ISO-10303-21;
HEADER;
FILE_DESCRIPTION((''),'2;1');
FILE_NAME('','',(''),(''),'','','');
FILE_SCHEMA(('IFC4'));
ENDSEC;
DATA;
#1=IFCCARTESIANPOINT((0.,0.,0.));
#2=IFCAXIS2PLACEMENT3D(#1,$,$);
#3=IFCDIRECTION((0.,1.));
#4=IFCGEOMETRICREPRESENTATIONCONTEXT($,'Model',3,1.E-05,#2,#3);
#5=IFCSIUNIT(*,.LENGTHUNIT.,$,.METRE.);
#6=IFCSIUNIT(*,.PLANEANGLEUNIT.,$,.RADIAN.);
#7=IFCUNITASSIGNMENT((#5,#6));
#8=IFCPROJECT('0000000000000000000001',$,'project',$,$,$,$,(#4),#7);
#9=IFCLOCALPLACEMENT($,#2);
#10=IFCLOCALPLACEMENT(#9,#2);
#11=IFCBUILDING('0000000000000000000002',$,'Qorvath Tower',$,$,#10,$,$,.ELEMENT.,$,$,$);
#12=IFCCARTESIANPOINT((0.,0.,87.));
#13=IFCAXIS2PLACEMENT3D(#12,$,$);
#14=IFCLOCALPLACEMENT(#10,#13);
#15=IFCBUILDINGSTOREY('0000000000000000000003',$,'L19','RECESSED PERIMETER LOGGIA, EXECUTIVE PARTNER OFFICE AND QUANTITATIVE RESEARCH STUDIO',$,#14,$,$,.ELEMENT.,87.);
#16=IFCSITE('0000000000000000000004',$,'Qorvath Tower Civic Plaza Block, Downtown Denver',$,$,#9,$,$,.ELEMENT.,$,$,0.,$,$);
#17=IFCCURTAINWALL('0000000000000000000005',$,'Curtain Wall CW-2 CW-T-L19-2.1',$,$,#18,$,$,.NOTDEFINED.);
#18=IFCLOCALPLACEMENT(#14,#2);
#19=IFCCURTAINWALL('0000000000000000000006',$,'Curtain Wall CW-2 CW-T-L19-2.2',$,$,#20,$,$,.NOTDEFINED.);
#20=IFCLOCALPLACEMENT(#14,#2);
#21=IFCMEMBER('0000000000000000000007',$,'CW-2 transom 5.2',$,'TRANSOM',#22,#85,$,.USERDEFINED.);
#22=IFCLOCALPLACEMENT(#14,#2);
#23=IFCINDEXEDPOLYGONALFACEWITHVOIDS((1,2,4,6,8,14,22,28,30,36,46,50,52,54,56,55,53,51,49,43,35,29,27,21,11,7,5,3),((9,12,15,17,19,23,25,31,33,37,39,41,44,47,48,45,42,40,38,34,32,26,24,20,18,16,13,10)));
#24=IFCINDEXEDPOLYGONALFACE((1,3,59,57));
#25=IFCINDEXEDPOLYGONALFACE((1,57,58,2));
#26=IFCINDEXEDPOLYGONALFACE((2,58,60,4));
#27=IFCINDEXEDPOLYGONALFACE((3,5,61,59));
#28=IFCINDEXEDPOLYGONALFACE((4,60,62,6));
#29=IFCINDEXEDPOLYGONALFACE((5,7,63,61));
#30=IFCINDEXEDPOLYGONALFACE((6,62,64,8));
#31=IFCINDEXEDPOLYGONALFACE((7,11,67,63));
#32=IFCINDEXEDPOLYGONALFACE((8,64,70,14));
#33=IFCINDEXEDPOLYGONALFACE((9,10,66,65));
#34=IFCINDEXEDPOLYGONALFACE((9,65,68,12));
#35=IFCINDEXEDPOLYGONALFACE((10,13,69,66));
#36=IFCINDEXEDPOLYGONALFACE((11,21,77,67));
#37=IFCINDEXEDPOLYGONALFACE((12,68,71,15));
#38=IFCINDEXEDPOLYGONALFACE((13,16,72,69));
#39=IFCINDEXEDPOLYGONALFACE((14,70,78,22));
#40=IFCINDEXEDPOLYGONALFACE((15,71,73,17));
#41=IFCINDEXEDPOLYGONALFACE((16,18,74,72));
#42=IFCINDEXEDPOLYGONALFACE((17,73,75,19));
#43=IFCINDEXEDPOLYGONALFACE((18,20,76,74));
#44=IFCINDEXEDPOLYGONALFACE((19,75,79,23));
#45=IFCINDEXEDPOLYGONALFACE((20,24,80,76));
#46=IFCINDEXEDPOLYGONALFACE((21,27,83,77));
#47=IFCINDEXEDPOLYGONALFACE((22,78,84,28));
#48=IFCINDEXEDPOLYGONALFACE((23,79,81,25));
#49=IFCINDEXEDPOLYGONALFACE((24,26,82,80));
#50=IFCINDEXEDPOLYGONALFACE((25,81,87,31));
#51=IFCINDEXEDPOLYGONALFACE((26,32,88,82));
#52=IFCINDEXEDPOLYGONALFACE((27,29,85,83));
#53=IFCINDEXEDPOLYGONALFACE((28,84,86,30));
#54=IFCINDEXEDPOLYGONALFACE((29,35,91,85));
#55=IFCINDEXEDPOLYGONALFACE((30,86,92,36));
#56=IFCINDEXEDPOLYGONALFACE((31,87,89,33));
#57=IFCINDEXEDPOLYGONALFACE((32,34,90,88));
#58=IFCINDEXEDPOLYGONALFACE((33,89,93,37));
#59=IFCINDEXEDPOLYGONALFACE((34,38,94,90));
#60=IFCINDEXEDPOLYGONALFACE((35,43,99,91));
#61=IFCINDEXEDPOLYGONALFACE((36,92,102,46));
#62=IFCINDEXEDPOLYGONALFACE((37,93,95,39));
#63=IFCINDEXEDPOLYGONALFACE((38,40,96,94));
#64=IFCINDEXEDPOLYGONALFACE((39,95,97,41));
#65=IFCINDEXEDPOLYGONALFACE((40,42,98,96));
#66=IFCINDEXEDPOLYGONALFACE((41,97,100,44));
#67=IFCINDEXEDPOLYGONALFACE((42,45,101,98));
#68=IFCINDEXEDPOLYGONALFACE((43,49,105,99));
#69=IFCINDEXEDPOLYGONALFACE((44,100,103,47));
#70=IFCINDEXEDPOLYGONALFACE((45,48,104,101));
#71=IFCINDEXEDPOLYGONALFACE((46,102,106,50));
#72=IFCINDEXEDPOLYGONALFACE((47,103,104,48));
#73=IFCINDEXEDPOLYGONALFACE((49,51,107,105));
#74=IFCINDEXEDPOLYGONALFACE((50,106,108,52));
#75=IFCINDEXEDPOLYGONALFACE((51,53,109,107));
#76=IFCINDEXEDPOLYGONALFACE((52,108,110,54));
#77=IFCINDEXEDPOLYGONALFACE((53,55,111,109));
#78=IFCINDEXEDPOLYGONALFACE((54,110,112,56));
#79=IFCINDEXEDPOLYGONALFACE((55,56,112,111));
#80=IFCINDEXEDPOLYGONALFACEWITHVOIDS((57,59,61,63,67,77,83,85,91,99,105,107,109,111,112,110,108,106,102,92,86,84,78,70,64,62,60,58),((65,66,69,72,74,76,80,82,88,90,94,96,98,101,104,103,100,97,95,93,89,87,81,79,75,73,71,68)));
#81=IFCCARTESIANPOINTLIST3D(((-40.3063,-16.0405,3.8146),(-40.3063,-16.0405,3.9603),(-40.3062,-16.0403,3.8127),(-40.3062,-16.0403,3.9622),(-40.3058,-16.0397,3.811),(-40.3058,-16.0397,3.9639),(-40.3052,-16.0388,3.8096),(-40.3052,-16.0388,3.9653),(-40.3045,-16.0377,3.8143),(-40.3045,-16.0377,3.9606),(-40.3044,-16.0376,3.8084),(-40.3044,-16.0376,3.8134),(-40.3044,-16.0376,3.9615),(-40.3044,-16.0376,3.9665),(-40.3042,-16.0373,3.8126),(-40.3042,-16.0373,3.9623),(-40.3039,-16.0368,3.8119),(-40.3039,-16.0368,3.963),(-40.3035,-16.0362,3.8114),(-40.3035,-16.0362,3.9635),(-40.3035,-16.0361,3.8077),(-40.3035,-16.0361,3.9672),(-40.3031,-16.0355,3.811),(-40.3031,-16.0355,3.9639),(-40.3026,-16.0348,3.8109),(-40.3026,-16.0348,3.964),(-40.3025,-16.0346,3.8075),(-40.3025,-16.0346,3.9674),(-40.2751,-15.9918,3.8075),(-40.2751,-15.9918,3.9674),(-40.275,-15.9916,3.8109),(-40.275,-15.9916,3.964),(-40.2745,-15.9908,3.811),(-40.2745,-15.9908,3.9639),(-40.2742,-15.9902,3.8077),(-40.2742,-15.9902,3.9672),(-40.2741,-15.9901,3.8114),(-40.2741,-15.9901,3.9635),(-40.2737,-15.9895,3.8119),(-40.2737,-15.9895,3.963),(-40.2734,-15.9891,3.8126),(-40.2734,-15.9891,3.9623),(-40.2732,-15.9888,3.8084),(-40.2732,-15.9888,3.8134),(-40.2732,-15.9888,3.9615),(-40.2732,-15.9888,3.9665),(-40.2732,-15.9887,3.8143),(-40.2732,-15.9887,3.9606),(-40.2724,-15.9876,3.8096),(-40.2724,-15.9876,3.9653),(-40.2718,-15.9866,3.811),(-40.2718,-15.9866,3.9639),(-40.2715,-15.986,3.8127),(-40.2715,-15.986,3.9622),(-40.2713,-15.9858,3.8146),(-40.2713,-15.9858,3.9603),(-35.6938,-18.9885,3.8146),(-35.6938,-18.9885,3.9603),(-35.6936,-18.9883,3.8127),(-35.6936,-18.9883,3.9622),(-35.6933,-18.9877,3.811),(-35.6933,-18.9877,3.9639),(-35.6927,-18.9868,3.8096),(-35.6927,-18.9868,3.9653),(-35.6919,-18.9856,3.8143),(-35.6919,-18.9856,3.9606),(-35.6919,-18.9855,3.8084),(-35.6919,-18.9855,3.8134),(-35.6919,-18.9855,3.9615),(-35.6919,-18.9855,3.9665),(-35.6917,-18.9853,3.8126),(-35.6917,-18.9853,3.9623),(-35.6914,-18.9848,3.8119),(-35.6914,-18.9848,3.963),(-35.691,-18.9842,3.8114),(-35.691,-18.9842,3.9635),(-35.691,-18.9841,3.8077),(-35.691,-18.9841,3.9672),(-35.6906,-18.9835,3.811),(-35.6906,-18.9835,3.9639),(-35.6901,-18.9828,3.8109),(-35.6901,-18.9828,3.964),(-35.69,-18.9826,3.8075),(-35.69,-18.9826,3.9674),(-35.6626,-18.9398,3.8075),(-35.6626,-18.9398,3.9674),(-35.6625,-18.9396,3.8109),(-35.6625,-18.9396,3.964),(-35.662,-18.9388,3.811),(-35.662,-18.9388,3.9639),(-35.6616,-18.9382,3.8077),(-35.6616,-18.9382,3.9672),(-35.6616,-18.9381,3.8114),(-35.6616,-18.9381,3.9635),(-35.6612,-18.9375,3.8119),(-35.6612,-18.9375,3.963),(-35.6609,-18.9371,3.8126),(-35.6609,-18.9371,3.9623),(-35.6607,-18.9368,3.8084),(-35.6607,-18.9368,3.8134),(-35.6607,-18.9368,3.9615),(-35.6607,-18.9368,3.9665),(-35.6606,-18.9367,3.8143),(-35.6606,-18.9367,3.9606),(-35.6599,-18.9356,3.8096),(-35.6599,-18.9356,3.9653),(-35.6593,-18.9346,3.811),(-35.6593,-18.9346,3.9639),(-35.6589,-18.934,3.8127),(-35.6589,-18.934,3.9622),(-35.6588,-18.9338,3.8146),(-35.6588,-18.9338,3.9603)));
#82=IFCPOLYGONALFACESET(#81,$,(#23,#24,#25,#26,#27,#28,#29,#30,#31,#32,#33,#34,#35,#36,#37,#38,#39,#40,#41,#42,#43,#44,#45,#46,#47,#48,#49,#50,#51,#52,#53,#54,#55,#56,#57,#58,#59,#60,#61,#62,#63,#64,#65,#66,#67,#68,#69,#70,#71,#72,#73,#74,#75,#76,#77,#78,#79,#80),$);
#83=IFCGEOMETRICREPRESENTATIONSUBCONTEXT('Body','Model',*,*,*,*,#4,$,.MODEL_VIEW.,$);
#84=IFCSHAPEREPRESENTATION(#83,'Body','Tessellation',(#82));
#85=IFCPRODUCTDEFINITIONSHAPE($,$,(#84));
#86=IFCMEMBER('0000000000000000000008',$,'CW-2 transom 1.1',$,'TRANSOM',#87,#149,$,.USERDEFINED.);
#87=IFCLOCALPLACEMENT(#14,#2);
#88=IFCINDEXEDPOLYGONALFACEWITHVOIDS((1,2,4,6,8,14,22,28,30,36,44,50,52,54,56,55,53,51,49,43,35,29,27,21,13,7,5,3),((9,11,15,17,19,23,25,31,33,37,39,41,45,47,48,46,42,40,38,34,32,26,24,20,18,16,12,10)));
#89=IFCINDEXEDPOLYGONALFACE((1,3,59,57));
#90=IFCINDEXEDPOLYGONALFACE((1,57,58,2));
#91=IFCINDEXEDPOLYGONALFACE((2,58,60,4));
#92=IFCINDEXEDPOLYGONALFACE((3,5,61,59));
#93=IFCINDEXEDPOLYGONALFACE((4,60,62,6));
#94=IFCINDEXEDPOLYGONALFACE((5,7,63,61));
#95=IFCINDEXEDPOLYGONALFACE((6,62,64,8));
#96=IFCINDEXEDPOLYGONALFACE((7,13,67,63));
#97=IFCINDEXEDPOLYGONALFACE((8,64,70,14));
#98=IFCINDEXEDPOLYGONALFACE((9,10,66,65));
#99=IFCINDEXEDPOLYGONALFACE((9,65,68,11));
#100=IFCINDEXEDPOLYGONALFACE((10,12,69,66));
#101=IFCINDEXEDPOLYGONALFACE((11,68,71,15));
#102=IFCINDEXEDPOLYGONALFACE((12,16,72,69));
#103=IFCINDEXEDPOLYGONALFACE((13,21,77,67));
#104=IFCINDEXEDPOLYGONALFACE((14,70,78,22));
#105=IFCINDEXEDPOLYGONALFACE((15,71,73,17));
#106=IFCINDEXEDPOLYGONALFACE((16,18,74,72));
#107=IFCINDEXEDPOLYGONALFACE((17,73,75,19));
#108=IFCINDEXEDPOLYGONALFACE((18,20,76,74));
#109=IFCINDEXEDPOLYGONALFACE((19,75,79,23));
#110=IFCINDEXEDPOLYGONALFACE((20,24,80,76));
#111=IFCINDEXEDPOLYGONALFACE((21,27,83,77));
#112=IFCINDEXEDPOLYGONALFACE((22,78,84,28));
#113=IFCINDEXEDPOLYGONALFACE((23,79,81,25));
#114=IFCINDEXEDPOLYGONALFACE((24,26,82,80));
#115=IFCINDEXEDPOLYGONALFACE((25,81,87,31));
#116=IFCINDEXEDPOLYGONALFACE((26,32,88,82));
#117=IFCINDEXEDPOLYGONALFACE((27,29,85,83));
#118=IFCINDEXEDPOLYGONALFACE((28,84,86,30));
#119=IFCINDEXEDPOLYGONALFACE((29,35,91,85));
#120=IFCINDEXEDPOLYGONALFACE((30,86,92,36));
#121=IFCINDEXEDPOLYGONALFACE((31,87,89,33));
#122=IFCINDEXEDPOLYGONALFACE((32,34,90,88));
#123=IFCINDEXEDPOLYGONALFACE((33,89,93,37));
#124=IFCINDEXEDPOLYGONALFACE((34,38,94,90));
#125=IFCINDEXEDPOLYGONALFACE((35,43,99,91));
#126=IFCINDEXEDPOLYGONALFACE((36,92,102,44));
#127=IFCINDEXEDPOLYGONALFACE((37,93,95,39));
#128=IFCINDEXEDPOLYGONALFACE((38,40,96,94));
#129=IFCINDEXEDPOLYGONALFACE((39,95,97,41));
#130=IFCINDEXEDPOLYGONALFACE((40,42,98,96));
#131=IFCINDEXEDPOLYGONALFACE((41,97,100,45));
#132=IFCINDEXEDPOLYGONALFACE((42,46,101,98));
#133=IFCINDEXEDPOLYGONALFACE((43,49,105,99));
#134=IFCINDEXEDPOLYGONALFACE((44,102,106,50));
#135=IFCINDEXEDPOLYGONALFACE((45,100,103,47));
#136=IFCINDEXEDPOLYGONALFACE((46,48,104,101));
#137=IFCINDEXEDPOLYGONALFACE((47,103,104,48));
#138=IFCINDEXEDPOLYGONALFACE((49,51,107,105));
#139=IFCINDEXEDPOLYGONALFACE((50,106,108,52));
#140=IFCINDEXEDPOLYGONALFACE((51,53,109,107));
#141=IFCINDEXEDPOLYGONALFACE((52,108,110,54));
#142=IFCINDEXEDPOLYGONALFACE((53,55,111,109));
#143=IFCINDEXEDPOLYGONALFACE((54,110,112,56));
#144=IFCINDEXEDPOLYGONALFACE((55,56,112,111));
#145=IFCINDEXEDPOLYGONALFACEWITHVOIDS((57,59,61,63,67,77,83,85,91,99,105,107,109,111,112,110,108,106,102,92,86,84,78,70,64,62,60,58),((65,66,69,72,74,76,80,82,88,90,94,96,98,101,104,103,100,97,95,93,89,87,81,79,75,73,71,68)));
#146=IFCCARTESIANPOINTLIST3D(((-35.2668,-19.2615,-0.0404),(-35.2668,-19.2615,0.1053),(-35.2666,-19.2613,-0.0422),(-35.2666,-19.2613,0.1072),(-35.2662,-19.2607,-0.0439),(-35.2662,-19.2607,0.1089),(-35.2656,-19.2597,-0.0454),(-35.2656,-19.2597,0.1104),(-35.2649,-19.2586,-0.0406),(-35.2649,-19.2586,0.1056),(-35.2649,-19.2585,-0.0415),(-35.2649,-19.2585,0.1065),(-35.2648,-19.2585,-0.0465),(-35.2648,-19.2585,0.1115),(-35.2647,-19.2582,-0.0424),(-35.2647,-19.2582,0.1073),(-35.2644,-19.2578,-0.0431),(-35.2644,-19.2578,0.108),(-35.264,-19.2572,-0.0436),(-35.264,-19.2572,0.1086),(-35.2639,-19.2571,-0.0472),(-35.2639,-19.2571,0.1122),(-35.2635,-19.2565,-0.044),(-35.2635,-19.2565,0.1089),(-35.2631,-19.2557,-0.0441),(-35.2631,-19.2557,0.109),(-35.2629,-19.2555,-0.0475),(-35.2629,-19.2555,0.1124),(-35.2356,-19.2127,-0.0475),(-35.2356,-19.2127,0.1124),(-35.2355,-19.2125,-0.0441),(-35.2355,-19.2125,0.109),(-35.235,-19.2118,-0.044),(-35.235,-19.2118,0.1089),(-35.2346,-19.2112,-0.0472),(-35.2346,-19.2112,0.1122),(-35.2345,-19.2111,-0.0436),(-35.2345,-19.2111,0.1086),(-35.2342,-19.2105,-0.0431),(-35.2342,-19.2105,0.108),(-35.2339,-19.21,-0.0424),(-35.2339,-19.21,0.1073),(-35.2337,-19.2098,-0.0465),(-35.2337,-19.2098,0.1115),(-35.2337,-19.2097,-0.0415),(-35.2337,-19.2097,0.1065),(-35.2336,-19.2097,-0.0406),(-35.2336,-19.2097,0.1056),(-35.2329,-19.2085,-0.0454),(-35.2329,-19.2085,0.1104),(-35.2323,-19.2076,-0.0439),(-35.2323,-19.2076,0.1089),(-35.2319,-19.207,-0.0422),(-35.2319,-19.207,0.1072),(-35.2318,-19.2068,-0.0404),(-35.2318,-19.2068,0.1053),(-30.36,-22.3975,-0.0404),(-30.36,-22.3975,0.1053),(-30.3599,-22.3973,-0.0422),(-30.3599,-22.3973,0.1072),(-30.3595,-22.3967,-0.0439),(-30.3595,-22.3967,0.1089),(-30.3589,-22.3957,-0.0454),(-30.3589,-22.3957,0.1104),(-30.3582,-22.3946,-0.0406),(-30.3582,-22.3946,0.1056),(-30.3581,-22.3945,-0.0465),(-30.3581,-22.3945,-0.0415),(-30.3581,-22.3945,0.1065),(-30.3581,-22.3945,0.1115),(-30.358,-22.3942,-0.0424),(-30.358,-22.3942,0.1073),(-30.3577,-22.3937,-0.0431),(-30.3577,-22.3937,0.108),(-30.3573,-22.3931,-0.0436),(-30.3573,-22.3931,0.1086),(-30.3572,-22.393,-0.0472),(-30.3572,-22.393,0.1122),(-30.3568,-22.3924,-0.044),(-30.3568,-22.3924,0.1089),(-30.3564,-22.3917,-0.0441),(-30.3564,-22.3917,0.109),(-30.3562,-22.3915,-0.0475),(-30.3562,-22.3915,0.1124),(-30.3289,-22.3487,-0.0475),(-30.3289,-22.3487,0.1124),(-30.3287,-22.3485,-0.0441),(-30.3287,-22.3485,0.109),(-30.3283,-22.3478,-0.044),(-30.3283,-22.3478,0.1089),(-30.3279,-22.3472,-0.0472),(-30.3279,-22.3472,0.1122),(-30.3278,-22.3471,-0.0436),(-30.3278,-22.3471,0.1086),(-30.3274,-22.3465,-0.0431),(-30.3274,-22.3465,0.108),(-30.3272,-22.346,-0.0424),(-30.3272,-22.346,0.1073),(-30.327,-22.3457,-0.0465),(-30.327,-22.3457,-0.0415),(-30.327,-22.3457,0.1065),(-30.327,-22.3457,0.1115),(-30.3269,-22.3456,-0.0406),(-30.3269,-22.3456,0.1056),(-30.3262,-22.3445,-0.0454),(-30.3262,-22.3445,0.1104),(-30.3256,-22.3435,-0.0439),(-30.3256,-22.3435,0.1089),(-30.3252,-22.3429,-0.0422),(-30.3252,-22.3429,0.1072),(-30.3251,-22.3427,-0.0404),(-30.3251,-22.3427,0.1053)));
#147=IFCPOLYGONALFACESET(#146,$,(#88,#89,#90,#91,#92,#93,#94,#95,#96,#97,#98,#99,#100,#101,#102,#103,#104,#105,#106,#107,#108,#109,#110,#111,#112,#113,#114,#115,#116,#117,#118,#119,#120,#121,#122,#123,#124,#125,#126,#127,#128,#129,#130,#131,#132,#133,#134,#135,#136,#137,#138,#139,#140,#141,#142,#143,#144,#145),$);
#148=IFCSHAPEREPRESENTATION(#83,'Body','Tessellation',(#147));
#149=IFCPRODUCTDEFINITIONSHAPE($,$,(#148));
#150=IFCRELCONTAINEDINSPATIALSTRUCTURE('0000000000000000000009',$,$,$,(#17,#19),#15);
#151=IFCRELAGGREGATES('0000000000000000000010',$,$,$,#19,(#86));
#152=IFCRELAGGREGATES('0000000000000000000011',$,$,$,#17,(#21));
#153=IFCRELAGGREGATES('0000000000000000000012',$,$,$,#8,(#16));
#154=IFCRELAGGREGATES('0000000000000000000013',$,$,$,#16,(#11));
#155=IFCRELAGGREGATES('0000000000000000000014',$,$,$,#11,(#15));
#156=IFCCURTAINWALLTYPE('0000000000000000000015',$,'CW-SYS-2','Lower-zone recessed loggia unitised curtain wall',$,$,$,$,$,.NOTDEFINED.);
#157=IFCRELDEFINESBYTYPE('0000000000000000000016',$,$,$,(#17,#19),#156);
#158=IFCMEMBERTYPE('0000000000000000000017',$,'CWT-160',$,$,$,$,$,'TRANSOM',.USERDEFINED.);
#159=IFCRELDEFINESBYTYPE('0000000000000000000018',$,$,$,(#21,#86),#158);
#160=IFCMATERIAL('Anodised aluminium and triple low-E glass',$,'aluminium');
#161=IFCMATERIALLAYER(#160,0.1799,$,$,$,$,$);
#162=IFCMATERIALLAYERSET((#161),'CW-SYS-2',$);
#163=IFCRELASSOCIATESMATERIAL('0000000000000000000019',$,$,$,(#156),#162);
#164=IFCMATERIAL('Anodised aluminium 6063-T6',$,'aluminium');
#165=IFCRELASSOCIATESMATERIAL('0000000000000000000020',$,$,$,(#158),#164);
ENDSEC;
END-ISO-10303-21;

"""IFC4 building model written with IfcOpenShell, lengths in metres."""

from ifc_helpers import new_model, si_unit, direction, frame, origin, origin_2d, place, context, subcontext, project, spatial, hollow_rectangle, extrude, material, layer, layer_set, material_profile, profile_set, type_object, element, aggregate, save


model = new_model("IFC4")

# Units and contexts
model_context = context("Model", 3, precision=1e-05, world=origin(), true_north=direction((0.0, 1.0)))
body_context = subcontext(model_context, "Body", "Model", "MODEL_VIEW")
ifc_project = project(units=[si_unit("LENGTHUNIT", "METRE"), si_unit("PLANEANGLEUNIT", "RADIAN")], contexts=[model_context])

# Site, building, storey
site_placement = place(None, origin())
site = spatial("IfcSite", under=ifc_project, at=site_placement, Name="Qorvath Tower Civic Plaza Block, Downtown Denver", CompositionType="ELEMENT", RefElevation=0.0)
building_placement = place(site_placement, origin())
building = spatial("IfcBuilding", under=site, at=building_placement, Name="Qorvath Tower", CompositionType="ELEMENT")
storey_placement = place(building_placement, frame((0.0, 0.0, 87.0)))
storey = spatial("IfcBuildingStorey", under=building, at=storey_placement, Name="L19", Description="RECESSED PERIMETER LOGGIA, EXECUTIVE PARTNER OFFICE AND QUANTITATIVE RESEARCH STUDIO", CompositionType="ELEMENT", Elevation=87.0)

# Curtain wall
ifc_material_1 = material(Name="Anodised aluminium and triple low-E glass", Category="aluminium")
ifc_layer_1 = layer(ifc_material_1, 0.1799)
ifc_layer_set_1 = layer_set([ifc_layer_1], Name="CW-SYS-2")
curtain_wall_type = type_object("IfcCurtainWallType", Name="CW-SYS-2", Description="Lower-zone recessed loggia unitised curtain wall", PredefinedType="NOTDEFINED", material=ifc_layer_set_1)
curtain_wall_1_placement = place(storey_placement, origin())
curtain_wall_1 = element("IfcCurtainWall", 1, at=curtain_wall_1_placement, inside=storey, type_object=curtain_wall_type, Name="Curtain Wall CW-2 CW-T-L19-2.1", PredefinedType="NOTDEFINED")

# Curtain wall
curtain_wall_2_placement = place(storey_placement, origin())
curtain_wall_2 = element("IfcCurtainWall", 2, at=curtain_wall_2_placement, inside=storey, type_object=curtain_wall_type, Name="Curtain Wall CW-2 CW-T-L19-2.2", PredefinedType="NOTDEFINED")

# Members
ifc_material_2 = material(Name="Anodised aluminium 6063-T6", Category="aluminium")
ifc_material_profile_1 = material_profile(ifc_material_2, hollow_rectangle(XDim=0.0649, YDim=0.1599, WallThickness=0.0034, InnerFilletRadius=0.0034, OuterFilletRadius=0.0071, at=origin_2d()), Name="CWT 160x65")
ifc_profile_set_1 = profile_set([ifc_material_profile_1], Name="Anodised aluminium 6063-T6")
member_type_1 = type_object("IfcMemberType", Name="CWT-160", ElementType="TRANSOM", PredefinedType="USERDEFINED", material=ifc_profile_set_1)
member_1_placement = place(storey_placement, frame((-40.2888, -16.0132, 3.8875), z_axis=(0.842606, -0.538531, 0.0), x_axis=(0.538531, 0.842606, 0.0)))
member_1 = element("IfcMember", 3, at=member_1_placement, type_object=member_type_1, Name="CW-2 transom 5.2", ObjectType="TRANSOM", PredefinedType="USERDEFINED", context=body_context, shape_type="SweptSolid", body=[
    extrude(hollow_rectangle(XDim=0.0649, YDim=0.1599, WallThickness=0.0034, InnerFilletRadius=0.0034, OuterFilletRadius=0.0071, at=origin_2d()), origin(), (0.0, 0.0, 1.0), 5.4741),
])
member_2_placement = place(storey_placement, frame((-35.2493, -19.2341, 0.0325), z_axis=(0.842609, -0.538527, 0.0), x_axis=(0.538527, 0.842609, 0.0)))
member_2 = element("IfcMember", 4, at=member_2_placement, type_object=member_type_1, Name="CW-2 transom 1.1", ObjectType="TRANSOM", PredefinedType="USERDEFINED", context=body_context, shape_type="SweptSolid", body=[
    extrude(hollow_rectangle(XDim=0.0649, YDim=0.1599, WallThickness=0.0034, InnerFilletRadius=0.0034, OuterFilletRadius=0.0071, at=origin_2d()), origin(), (0.0, 0.0, 1.0), 5.8232),
])
aggregate(curtain_wall_2, [member_2])

aggregate(curtain_wall_1, [member_1])

save(model, "model.ifc")
